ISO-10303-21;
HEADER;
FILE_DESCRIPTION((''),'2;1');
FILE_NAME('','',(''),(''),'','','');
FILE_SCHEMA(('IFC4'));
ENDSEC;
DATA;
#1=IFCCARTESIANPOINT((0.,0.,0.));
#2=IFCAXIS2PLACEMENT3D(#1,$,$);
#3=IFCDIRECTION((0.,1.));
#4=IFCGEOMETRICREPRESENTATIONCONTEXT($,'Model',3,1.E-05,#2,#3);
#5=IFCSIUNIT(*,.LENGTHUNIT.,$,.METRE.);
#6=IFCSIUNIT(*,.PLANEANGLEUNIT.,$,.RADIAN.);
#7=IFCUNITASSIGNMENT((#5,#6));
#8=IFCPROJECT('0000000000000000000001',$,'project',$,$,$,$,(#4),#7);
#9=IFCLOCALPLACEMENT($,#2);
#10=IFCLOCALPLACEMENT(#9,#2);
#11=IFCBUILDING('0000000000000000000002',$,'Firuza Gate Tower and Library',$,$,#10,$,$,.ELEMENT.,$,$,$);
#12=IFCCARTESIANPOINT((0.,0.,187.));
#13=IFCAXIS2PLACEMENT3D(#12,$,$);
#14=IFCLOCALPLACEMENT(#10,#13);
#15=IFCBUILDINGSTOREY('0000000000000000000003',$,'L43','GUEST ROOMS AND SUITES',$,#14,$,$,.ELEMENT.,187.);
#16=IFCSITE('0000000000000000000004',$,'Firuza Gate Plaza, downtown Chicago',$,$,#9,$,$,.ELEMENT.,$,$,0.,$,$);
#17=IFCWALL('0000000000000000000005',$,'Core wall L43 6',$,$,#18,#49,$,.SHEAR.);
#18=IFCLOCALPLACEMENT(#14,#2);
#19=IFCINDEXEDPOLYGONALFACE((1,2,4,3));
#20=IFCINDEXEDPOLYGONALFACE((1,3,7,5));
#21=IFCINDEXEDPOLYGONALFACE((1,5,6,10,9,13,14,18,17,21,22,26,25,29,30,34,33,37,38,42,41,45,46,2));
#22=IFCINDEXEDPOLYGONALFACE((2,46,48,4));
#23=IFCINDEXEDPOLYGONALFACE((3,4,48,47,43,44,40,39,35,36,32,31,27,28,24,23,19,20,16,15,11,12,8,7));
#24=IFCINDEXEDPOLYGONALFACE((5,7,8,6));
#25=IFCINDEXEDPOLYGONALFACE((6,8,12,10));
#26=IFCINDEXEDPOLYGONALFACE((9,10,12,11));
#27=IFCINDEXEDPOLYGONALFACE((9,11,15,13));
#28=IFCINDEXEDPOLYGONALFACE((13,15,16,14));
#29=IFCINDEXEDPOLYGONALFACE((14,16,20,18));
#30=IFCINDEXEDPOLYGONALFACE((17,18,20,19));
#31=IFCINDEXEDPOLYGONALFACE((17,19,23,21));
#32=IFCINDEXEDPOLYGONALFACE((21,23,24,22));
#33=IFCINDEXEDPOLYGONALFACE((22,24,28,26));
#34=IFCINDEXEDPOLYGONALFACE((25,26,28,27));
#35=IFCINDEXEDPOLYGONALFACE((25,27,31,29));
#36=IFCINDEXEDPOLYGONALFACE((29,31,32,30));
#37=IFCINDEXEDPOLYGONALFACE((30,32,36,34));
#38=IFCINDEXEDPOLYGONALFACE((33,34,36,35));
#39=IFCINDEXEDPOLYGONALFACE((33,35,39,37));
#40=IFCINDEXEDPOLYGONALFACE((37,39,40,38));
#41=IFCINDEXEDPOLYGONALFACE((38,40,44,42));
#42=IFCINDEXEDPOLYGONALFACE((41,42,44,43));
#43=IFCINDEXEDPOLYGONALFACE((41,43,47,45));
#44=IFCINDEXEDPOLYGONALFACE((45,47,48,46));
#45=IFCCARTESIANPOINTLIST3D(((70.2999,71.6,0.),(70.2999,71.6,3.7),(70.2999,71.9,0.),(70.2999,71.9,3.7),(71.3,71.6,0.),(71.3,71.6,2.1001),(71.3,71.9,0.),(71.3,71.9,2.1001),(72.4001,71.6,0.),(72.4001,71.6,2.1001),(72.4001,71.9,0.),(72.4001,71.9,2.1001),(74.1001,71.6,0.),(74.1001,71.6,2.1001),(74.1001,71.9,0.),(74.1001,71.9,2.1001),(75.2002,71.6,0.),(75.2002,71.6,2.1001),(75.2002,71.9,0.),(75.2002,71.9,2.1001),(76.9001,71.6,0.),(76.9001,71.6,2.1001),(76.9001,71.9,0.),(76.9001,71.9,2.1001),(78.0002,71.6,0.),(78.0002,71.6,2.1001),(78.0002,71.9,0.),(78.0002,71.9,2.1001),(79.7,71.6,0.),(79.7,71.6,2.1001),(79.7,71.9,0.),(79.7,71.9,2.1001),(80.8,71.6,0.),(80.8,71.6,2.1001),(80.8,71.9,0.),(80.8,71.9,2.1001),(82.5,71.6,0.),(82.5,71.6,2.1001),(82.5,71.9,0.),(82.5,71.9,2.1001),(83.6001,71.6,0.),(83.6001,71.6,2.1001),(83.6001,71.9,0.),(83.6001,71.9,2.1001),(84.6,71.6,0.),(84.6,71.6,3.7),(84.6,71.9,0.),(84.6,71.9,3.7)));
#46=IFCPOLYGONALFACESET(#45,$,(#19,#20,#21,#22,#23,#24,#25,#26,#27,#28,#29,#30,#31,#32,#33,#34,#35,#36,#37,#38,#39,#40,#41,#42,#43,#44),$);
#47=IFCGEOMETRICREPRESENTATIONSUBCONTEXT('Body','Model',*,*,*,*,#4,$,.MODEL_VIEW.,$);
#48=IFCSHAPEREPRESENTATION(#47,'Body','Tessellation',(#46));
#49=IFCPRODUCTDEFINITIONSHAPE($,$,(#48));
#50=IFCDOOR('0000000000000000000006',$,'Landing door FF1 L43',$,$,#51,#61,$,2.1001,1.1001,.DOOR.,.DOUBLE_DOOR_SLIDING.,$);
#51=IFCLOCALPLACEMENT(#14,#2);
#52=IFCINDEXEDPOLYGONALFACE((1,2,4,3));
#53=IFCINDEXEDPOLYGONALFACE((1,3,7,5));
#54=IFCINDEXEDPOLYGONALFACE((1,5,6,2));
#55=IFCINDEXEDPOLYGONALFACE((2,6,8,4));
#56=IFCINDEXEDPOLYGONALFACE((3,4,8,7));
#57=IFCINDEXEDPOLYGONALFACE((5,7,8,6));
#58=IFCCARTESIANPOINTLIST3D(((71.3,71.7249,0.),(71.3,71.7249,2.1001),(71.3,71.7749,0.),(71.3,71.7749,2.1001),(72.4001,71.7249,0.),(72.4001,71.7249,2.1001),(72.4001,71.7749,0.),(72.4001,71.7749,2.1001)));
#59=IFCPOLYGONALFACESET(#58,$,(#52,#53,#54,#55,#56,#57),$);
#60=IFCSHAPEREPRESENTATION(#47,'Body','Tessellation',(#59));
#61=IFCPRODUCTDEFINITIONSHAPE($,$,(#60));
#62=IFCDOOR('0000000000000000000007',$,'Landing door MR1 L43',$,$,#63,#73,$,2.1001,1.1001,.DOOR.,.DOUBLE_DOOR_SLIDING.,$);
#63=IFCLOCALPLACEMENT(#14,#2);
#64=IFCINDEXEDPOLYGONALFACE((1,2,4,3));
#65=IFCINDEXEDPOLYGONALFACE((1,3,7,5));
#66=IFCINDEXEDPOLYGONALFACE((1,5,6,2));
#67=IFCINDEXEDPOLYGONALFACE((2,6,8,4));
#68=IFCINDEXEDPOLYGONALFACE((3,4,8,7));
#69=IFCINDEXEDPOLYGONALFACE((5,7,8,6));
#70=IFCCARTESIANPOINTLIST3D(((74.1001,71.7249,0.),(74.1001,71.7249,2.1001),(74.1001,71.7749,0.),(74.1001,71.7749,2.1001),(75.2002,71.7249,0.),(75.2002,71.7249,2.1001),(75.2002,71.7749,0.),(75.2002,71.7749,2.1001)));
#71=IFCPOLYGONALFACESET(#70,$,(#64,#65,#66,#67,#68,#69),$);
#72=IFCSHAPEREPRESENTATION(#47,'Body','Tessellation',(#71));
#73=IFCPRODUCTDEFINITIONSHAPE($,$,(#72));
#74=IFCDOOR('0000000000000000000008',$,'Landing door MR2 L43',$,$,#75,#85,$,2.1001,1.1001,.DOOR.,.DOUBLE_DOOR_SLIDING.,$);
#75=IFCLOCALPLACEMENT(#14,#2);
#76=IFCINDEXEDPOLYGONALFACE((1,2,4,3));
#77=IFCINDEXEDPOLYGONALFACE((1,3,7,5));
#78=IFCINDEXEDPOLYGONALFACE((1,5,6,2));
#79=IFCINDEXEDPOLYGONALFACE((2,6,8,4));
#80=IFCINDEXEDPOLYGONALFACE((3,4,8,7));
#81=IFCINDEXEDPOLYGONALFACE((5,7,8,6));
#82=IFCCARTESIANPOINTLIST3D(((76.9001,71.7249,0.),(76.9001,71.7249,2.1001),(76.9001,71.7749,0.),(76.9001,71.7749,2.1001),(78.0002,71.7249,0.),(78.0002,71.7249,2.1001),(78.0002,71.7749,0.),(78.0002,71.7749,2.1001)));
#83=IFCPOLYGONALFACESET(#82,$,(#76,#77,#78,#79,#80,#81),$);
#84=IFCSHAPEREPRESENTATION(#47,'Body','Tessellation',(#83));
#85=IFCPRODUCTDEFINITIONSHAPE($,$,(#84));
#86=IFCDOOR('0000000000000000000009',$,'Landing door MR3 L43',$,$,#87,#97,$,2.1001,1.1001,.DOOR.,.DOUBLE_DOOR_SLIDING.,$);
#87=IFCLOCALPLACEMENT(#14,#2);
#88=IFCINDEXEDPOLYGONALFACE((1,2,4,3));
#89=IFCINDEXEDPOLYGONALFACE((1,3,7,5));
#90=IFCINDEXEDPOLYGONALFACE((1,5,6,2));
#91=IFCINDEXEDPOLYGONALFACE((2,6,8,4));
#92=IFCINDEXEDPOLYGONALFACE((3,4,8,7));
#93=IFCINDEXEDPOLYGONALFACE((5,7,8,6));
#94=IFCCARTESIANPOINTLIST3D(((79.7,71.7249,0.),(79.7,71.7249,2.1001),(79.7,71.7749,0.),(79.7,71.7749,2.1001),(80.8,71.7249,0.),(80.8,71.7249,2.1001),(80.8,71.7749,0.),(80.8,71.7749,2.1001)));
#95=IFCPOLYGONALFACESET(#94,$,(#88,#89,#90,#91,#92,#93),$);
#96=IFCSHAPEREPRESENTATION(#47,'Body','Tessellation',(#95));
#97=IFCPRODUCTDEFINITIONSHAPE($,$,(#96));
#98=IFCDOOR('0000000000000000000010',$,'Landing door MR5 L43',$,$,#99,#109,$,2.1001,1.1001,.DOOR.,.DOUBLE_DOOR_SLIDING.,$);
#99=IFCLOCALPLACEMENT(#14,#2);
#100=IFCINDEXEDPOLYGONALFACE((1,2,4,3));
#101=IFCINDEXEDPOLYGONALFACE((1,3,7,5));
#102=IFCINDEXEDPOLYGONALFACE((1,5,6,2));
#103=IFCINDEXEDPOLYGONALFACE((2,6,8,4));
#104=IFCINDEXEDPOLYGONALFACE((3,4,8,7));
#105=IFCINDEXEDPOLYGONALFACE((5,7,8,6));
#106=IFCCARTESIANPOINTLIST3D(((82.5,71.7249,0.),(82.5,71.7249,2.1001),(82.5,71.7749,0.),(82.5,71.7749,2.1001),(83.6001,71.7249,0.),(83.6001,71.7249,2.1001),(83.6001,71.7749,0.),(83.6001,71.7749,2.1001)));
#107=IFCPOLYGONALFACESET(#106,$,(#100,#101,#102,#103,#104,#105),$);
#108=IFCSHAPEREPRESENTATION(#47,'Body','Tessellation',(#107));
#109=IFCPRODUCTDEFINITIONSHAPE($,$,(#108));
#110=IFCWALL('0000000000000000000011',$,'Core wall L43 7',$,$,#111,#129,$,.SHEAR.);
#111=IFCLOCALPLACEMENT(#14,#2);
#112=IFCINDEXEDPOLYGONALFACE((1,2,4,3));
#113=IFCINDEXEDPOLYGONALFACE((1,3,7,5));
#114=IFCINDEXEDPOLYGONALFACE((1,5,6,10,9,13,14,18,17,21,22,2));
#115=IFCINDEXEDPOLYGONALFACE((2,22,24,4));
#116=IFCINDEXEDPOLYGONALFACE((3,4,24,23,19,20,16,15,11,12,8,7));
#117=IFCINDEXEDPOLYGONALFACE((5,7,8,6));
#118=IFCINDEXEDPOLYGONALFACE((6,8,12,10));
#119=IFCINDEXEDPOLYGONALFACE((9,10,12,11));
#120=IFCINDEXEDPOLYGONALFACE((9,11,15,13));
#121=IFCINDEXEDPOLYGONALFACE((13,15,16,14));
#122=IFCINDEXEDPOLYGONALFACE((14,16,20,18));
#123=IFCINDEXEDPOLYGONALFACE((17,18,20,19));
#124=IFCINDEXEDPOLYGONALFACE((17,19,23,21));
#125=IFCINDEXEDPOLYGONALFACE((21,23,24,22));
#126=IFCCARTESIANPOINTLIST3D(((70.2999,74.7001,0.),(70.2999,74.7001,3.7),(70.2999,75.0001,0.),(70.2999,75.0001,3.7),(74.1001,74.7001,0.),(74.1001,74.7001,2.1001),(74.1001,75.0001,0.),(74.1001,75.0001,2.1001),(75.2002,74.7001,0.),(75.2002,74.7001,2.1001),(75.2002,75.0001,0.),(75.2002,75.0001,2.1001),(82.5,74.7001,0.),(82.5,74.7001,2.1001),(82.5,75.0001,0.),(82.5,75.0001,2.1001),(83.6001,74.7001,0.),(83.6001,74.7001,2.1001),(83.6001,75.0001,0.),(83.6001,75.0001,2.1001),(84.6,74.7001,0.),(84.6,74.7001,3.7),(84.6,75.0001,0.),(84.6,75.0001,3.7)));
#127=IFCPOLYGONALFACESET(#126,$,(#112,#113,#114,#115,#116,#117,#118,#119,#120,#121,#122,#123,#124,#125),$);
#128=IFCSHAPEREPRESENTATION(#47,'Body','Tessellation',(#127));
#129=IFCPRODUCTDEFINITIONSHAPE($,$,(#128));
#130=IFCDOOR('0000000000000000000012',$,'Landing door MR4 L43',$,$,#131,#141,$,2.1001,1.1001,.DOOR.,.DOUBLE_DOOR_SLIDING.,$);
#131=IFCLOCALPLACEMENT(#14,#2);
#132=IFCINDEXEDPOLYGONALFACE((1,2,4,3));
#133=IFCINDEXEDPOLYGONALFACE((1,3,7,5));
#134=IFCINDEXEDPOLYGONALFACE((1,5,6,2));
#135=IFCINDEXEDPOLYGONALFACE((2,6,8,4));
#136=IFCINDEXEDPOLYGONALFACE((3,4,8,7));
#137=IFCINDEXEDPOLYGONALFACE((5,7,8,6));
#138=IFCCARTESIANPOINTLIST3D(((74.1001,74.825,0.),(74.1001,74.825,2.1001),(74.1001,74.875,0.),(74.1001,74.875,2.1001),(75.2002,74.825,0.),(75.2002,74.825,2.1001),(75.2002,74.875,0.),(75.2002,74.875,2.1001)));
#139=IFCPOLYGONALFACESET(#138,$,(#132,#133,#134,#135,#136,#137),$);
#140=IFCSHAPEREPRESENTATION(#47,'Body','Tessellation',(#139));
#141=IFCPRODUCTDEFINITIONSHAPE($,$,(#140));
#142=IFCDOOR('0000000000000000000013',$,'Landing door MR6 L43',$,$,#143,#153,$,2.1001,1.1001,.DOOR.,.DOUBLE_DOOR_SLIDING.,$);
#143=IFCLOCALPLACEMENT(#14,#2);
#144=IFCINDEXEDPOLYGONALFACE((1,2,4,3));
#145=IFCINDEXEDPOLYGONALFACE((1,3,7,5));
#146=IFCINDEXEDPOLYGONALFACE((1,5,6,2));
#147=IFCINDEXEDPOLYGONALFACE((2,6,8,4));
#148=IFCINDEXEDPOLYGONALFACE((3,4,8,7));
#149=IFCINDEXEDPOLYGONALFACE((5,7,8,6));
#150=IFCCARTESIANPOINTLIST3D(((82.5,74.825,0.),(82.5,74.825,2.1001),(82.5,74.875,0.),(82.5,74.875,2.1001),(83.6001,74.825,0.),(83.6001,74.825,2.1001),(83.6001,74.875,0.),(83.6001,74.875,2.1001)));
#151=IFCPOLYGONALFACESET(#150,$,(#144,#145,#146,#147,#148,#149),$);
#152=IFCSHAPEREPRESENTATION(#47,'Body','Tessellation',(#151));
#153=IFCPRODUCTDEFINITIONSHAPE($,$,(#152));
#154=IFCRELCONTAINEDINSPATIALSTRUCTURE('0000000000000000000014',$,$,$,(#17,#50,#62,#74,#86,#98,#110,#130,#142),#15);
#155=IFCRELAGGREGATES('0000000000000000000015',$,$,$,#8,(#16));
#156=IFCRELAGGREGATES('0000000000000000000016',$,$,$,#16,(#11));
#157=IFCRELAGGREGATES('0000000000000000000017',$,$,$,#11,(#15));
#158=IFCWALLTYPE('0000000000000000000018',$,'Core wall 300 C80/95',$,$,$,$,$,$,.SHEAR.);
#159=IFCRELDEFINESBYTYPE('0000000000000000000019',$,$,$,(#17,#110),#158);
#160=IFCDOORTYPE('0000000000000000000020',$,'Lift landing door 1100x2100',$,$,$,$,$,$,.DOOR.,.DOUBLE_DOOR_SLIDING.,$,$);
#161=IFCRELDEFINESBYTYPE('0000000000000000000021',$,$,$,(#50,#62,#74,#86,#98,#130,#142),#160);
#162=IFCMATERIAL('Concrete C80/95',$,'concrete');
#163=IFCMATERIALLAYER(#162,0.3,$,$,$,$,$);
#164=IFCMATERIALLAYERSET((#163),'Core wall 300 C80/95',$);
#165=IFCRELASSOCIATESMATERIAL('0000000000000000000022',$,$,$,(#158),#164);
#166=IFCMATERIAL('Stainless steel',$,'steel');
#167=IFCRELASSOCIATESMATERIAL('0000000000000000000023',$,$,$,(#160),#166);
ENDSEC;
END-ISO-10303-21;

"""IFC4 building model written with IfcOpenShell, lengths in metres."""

from ifc_helpers import new_model, si_unit, direction, frame, frame_2d, origin, place, context, subcontext, project, spatial, rectangle, extrude, material, layer, layer_set, type_object, element, fill, save


model = new_model("IFC4")

# Units and contexts
model_context = context("Model", 3, precision=1e-05, world=origin(), true_north=direction((0.0, 1.0)))
body_context = subcontext(model_context, "Body", "Model", "MODEL_VIEW")
ifc_project = project(units=[si_unit("LENGTHUNIT", "METRE"), si_unit("PLANEANGLEUNIT", "RADIAN")], contexts=[model_context])

# Site, building, storey
site_placement = place(None, origin())
site = spatial("IfcSite", under=ifc_project, at=site_placement, Name="Firuza Gate Plaza, downtown Chicago", CompositionType="ELEMENT", RefElevation=0.0)
building_placement = place(site_placement, origin())
building = spatial("IfcBuilding", under=site, at=building_placement, Name="Firuza Gate Tower and Library", CompositionType="ELEMENT")
storey_placement = place(building_placement, frame((0.0, 0.0, 187.0)))
storey = spatial("IfcBuildingStorey", under=building, at=storey_placement, Name="L43", Description="GUEST ROOMS AND SUITES", CompositionType="ELEMENT", Elevation=187.0)

# Walls, openings, doors
ifc_material_1 = material(Name="Concrete C80/95", Category="concrete")
ifc_layer_1 = layer(ifc_material_1, 0.3)
ifc_layer_set_1 = layer_set([ifc_layer_1], Name="Core wall 300 C80/95")
wall_type_1 = type_object("IfcWallType", Name="Core wall 300 C80/95", PredefinedType="SHEAR", material=ifc_layer_set_1)
wall_1_placement = place(storey_placement, frame((70.3, 71.75, 0.0), z_axis=(0.0, 0.0, 1.0), x_axis=(1.0, 0.0, 0.0)))
wall_1 = element("IfcWall", 1, at=wall_1_placement, inside=storey, type_object=wall_type_1, Name="Core wall L43 6", PredefinedType="SHEAR", context=body_context, shape_type="SweptSolid", body=[
    extrude(rectangle(XDim=14.3, YDim=0.3, at=frame_2d((7.1499, 0.0))), origin(), (0.0, 0.0, 1.0), 3.7),
])
opening_1_placement = place(wall_1_placement, frame((1.0, 0.0, 0.0)))
opening_1 = element("IfcOpeningElement", 2, at=opening_1_placement, cuts=wall_1, PredefinedType="OPENING", context=body_context, shape_type="SweptSolid", body=[
    extrude(rectangle(XDim=1.1001, YDim=2.1001, at=frame_2d((0.55, 1.05))), frame((0.0, 0.1602, 0.0), z_axis=(0.0, -1.0, 0.0), x_axis=(1.0, 0.0, 0.0)), (0.0, 0.0, 1.0), 0.3201),
])
opening_2_placement = place(wall_1_placement, frame((3.8, 0.0, 0.0)))
opening_2 = element("IfcOpeningElement", 3, at=opening_2_placement, cuts=wall_1, PredefinedType="OPENING", context=body_context, shape_type="SweptSolid", body=[
    extrude(rectangle(XDim=1.1001, YDim=2.1001, at=frame_2d((0.55, 1.05))), frame((0.0, 0.1602, 0.0), z_axis=(0.0, -1.0, 0.0), x_axis=(1.0, 0.0, 0.0)), (0.0, 0.0, 1.0), 0.3201),
])
opening_3_placement = place(wall_1_placement, frame((6.6001, 0.0, 0.0)))
opening_3 = element("IfcOpeningElement", 4, at=opening_3_placement, cuts=wall_1, PredefinedType="OPENING", context=body_context, shape_type="SweptSolid", body=[
    extrude(rectangle(XDim=1.1001, YDim=2.1001, at=frame_2d((0.55, 1.05))), frame((0.0, 0.1602, 0.0), z_axis=(0.0, -1.0, 0.0), x_axis=(1.0, 0.0, 0.0)), (0.0, 0.0, 1.0), 0.3201),
])
opening_4_placement = place(wall_1_placement, frame((9.3999, 0.0, 0.0)))
opening_4 = element("IfcOpeningElement", 5, at=opening_4_placement, cuts=wall_1, PredefinedType="OPENING", context=body_context, shape_type="SweptSolid", body=[
    extrude(rectangle(XDim=1.1001, YDim=2.1001, at=frame_2d((0.55, 1.05))), frame((0.0, 0.1602, 0.0), z_axis=(0.0, -1.0, 0.0), x_axis=(1.0, 0.0, 0.0)), (0.0, 0.0, 1.0), 0.3201),
])
opening_5_placement = place(wall_1_placement, frame((12.2, 0.0, 0.0)))
opening_5 = element("IfcOpeningElement", 6, at=opening_5_placement, cuts=wall_1, PredefinedType="OPENING", context=body_context, shape_type="SweptSolid", body=[
    extrude(rectangle(XDim=1.1001, YDim=2.1001, at=frame_2d((0.55, 1.05))), frame((0.0, 0.1602, 0.0), z_axis=(0.0, -1.0, 0.0), x_axis=(1.0, 0.0, 0.0)), (0.0, 0.0, 1.0), 0.3201),
])
ifc_material_2 = material(Name="Stainless steel", Category="steel")
door_type_1 = type_object("IfcDoorType", Name="Lift landing door 1100x2100", OperationType="DOUBLE_DOOR_SLIDING", PredefinedType="DOOR", material=ifc_material_2)
door_1_placement = place(opening_1_placement, origin())
door_1 = element("IfcDoor", 7, at=door_1_placement, inside=storey, type_object=door_type_1, Name="Landing door FF1 L43", OperationType="DOUBLE_DOOR_SLIDING", OverallHeight=2.1001, OverallWidth=1.1001, PredefinedType="DOOR", context=body_context, shape_type="SweptSolid", body=[
    extrude(rectangle(XDim=1.1001, YDim=2.1001, at=frame_2d((0.55, 1.05))), frame((0.0, 0.0249, 0.0), z_axis=(0.0, -1.0, 0.0), x_axis=(1.0, 0.0, 0.0)), (0.0, 0.0, 1.0), 0.05),
])
fill(opening_1, door_1)
door_2_placement = place(opening_2_placement, origin())
door_2 = element("IfcDoor", 8, at=door_2_placement, inside=storey, type_object=door_type_1, Name="Landing door MR1 L43", OperationType="DOUBLE_DOOR_SLIDING", OverallHeight=2.1001, OverallWidth=1.1001, PredefinedType="DOOR", context=body_context, shape_type="SweptSolid", body=[
    extrude(rectangle(XDim=1.1001, YDim=2.1001, at=frame_2d((0.55, 1.05))), frame((0.0, 0.0249, 0.0), z_axis=(0.0, -1.0, 0.0), x_axis=(1.0, 0.0, 0.0)), (0.0, 0.0, 1.0), 0.05),
])
fill(opening_2, door_2)
door_3_placement = place(opening_3_placement, origin())
door_3 = element("IfcDoor", 9, at=door_3_placement, inside=storey, type_object=door_type_1, Name="Landing door MR2 L43", OperationType="DOUBLE_DOOR_SLIDING", OverallHeight=2.1001, OverallWidth=1.1001, PredefinedType="DOOR", context=body_context, shape_type="SweptSolid", body=[
    extrude(rectangle(XDim=1.1001, YDim=2.1001, at=frame_2d((0.55, 1.05))), frame((0.0, 0.0249, 0.0), z_axis=(0.0, -1.0, 0.0), x_axis=(1.0, 0.0, 0.0)), (0.0, 0.0, 1.0), 0.05),
])
fill(opening_3, door_3)
door_4_placement = place(opening_4_placement, origin())
door_4 = element("IfcDoor", 10, at=door_4_placement, inside=storey, type_object=door_type_1, Name="Landing door MR3 L43", OperationType="DOUBLE_DOOR_SLIDING", OverallHeight=2.1001, OverallWidth=1.1001, PredefinedType="DOOR", context=body_context, shape_type="SweptSolid", body=[
    extrude(rectangle(XDim=1.1001, YDim=2.1001, at=frame_2d((0.55, 1.05))), frame((0.0, 0.0249, 0.0), z_axis=(0.0, -1.0, 0.0), x_axis=(1.0, 0.0, 0.0)), (0.0, 0.0, 1.0), 0.05),
])
fill(opening_4, door_4)
door_5_placement = place(opening_5_placement, origin())
door_5 = element("IfcDoor", 11, at=door_5_placement, inside=storey, type_object=door_type_1, Name="Landing door MR5 L43", OperationType="DOUBLE_DOOR_SLIDING", OverallHeight=2.1001, OverallWidth=1.1001, PredefinedType="DOOR", context=body_context, shape_type="SweptSolid", body=[
    extrude(rectangle(XDim=1.1001, YDim=2.1001, at=frame_2d((0.55, 1.05))), frame((0.0, 0.0249, 0.0), z_axis=(0.0, -1.0, 0.0), x_axis=(1.0, 0.0, 0.0)), (0.0, 0.0, 1.0), 0.05),
])
fill(opening_5, door_5)
wall_2_placement = place(storey_placement, frame((70.3, 74.8501, 0.0), z_axis=(0.0, 0.0, 1.0), x_axis=(1.0, 0.0, 0.0)))
wall_2 = element("IfcWall", 12, at=wall_2_placement, inside=storey, type_object=wall_type_1, Name="Core wall L43 7", PredefinedType="SHEAR", context=body_context, shape_type="SweptSolid", body=[
    extrude(rectangle(XDim=14.3, YDim=0.3, at=frame_2d((7.1499, 0.0))), origin(), (0.0, 0.0, 1.0), 3.7),
])
opening_6_placement = place(wall_2_placement, frame((3.8, 0.0, 0.0)))
opening_6 = element("IfcOpeningElement", 13, at=opening_6_placement, cuts=wall_2, PredefinedType="OPENING", context=body_context, shape_type="SweptSolid", body=[
    extrude(rectangle(XDim=1.1001, YDim=2.1001, at=frame_2d((0.55, 1.05))), frame((0.0, 0.1602, 0.0), z_axis=(0.0, -1.0, 0.0), x_axis=(1.0, 0.0, 0.0)), (0.0, 0.0, 1.0), 0.3201),
])
opening_7_placement = place(wall_2_placement, frame((12.2, 0.0, 0.0)))
opening_7 = element("IfcOpeningElement", 14, at=opening_7_placement, cuts=wall_2, PredefinedType="OPENING", context=body_context, shape_type="SweptSolid", body=[
    extrude(rectangle(XDim=1.1001, YDim=2.1001, at=frame_2d((0.55, 1.05))), frame((0.0, 0.1602, 0.0), z_axis=(0.0, -1.0, 0.0), x_axis=(1.0, 0.0, 0.0)), (0.0, 0.0, 1.0), 0.3201),
])
door_6_placement = place(opening_6_placement, origin())
door_6 = element("IfcDoor", 15, at=door_6_placement, inside=storey, type_object=door_type_1, Name="Landing door MR4 L43", OperationType="DOUBLE_DOOR_SLIDING", OverallHeight=2.1001, OverallWidth=1.1001, PredefinedType="DOOR", context=body_context, shape_type="SweptSolid", body=[
    extrude(rectangle(XDim=1.1001, YDim=2.1001, at=frame_2d((0.55, 1.05))), frame((0.0, 0.0249, 0.0), z_axis=(0.0, -1.0, 0.0), x_axis=(1.0, 0.0, 0.0)), (0.0, 0.0, 1.0), 0.05),
])
fill(opening_6, door_6)
door_7_placement = place(opening_7_placement, origin())
door_7 = element("IfcDoor", 16, at=door_7_placement, inside=storey, type_object=door_type_1, Name="Landing door MR6 L43", OperationType="DOUBLE_DOOR_SLIDING", OverallHeight=2.1001, OverallWidth=1.1001, PredefinedType="DOOR", context=body_context, shape_type="SweptSolid", body=[
    extrude(rectangle(XDim=1.1001, YDim=2.1001, at=frame_2d((0.55, 1.05))), frame((0.0, 0.0249, 0.0), z_axis=(0.0, -1.0, 0.0), x_axis=(1.0, 0.0, 0.0)), (0.0, 0.0, 1.0), 0.05),
])
fill(opening_7, door_7)

save(model, "model.ifc")
